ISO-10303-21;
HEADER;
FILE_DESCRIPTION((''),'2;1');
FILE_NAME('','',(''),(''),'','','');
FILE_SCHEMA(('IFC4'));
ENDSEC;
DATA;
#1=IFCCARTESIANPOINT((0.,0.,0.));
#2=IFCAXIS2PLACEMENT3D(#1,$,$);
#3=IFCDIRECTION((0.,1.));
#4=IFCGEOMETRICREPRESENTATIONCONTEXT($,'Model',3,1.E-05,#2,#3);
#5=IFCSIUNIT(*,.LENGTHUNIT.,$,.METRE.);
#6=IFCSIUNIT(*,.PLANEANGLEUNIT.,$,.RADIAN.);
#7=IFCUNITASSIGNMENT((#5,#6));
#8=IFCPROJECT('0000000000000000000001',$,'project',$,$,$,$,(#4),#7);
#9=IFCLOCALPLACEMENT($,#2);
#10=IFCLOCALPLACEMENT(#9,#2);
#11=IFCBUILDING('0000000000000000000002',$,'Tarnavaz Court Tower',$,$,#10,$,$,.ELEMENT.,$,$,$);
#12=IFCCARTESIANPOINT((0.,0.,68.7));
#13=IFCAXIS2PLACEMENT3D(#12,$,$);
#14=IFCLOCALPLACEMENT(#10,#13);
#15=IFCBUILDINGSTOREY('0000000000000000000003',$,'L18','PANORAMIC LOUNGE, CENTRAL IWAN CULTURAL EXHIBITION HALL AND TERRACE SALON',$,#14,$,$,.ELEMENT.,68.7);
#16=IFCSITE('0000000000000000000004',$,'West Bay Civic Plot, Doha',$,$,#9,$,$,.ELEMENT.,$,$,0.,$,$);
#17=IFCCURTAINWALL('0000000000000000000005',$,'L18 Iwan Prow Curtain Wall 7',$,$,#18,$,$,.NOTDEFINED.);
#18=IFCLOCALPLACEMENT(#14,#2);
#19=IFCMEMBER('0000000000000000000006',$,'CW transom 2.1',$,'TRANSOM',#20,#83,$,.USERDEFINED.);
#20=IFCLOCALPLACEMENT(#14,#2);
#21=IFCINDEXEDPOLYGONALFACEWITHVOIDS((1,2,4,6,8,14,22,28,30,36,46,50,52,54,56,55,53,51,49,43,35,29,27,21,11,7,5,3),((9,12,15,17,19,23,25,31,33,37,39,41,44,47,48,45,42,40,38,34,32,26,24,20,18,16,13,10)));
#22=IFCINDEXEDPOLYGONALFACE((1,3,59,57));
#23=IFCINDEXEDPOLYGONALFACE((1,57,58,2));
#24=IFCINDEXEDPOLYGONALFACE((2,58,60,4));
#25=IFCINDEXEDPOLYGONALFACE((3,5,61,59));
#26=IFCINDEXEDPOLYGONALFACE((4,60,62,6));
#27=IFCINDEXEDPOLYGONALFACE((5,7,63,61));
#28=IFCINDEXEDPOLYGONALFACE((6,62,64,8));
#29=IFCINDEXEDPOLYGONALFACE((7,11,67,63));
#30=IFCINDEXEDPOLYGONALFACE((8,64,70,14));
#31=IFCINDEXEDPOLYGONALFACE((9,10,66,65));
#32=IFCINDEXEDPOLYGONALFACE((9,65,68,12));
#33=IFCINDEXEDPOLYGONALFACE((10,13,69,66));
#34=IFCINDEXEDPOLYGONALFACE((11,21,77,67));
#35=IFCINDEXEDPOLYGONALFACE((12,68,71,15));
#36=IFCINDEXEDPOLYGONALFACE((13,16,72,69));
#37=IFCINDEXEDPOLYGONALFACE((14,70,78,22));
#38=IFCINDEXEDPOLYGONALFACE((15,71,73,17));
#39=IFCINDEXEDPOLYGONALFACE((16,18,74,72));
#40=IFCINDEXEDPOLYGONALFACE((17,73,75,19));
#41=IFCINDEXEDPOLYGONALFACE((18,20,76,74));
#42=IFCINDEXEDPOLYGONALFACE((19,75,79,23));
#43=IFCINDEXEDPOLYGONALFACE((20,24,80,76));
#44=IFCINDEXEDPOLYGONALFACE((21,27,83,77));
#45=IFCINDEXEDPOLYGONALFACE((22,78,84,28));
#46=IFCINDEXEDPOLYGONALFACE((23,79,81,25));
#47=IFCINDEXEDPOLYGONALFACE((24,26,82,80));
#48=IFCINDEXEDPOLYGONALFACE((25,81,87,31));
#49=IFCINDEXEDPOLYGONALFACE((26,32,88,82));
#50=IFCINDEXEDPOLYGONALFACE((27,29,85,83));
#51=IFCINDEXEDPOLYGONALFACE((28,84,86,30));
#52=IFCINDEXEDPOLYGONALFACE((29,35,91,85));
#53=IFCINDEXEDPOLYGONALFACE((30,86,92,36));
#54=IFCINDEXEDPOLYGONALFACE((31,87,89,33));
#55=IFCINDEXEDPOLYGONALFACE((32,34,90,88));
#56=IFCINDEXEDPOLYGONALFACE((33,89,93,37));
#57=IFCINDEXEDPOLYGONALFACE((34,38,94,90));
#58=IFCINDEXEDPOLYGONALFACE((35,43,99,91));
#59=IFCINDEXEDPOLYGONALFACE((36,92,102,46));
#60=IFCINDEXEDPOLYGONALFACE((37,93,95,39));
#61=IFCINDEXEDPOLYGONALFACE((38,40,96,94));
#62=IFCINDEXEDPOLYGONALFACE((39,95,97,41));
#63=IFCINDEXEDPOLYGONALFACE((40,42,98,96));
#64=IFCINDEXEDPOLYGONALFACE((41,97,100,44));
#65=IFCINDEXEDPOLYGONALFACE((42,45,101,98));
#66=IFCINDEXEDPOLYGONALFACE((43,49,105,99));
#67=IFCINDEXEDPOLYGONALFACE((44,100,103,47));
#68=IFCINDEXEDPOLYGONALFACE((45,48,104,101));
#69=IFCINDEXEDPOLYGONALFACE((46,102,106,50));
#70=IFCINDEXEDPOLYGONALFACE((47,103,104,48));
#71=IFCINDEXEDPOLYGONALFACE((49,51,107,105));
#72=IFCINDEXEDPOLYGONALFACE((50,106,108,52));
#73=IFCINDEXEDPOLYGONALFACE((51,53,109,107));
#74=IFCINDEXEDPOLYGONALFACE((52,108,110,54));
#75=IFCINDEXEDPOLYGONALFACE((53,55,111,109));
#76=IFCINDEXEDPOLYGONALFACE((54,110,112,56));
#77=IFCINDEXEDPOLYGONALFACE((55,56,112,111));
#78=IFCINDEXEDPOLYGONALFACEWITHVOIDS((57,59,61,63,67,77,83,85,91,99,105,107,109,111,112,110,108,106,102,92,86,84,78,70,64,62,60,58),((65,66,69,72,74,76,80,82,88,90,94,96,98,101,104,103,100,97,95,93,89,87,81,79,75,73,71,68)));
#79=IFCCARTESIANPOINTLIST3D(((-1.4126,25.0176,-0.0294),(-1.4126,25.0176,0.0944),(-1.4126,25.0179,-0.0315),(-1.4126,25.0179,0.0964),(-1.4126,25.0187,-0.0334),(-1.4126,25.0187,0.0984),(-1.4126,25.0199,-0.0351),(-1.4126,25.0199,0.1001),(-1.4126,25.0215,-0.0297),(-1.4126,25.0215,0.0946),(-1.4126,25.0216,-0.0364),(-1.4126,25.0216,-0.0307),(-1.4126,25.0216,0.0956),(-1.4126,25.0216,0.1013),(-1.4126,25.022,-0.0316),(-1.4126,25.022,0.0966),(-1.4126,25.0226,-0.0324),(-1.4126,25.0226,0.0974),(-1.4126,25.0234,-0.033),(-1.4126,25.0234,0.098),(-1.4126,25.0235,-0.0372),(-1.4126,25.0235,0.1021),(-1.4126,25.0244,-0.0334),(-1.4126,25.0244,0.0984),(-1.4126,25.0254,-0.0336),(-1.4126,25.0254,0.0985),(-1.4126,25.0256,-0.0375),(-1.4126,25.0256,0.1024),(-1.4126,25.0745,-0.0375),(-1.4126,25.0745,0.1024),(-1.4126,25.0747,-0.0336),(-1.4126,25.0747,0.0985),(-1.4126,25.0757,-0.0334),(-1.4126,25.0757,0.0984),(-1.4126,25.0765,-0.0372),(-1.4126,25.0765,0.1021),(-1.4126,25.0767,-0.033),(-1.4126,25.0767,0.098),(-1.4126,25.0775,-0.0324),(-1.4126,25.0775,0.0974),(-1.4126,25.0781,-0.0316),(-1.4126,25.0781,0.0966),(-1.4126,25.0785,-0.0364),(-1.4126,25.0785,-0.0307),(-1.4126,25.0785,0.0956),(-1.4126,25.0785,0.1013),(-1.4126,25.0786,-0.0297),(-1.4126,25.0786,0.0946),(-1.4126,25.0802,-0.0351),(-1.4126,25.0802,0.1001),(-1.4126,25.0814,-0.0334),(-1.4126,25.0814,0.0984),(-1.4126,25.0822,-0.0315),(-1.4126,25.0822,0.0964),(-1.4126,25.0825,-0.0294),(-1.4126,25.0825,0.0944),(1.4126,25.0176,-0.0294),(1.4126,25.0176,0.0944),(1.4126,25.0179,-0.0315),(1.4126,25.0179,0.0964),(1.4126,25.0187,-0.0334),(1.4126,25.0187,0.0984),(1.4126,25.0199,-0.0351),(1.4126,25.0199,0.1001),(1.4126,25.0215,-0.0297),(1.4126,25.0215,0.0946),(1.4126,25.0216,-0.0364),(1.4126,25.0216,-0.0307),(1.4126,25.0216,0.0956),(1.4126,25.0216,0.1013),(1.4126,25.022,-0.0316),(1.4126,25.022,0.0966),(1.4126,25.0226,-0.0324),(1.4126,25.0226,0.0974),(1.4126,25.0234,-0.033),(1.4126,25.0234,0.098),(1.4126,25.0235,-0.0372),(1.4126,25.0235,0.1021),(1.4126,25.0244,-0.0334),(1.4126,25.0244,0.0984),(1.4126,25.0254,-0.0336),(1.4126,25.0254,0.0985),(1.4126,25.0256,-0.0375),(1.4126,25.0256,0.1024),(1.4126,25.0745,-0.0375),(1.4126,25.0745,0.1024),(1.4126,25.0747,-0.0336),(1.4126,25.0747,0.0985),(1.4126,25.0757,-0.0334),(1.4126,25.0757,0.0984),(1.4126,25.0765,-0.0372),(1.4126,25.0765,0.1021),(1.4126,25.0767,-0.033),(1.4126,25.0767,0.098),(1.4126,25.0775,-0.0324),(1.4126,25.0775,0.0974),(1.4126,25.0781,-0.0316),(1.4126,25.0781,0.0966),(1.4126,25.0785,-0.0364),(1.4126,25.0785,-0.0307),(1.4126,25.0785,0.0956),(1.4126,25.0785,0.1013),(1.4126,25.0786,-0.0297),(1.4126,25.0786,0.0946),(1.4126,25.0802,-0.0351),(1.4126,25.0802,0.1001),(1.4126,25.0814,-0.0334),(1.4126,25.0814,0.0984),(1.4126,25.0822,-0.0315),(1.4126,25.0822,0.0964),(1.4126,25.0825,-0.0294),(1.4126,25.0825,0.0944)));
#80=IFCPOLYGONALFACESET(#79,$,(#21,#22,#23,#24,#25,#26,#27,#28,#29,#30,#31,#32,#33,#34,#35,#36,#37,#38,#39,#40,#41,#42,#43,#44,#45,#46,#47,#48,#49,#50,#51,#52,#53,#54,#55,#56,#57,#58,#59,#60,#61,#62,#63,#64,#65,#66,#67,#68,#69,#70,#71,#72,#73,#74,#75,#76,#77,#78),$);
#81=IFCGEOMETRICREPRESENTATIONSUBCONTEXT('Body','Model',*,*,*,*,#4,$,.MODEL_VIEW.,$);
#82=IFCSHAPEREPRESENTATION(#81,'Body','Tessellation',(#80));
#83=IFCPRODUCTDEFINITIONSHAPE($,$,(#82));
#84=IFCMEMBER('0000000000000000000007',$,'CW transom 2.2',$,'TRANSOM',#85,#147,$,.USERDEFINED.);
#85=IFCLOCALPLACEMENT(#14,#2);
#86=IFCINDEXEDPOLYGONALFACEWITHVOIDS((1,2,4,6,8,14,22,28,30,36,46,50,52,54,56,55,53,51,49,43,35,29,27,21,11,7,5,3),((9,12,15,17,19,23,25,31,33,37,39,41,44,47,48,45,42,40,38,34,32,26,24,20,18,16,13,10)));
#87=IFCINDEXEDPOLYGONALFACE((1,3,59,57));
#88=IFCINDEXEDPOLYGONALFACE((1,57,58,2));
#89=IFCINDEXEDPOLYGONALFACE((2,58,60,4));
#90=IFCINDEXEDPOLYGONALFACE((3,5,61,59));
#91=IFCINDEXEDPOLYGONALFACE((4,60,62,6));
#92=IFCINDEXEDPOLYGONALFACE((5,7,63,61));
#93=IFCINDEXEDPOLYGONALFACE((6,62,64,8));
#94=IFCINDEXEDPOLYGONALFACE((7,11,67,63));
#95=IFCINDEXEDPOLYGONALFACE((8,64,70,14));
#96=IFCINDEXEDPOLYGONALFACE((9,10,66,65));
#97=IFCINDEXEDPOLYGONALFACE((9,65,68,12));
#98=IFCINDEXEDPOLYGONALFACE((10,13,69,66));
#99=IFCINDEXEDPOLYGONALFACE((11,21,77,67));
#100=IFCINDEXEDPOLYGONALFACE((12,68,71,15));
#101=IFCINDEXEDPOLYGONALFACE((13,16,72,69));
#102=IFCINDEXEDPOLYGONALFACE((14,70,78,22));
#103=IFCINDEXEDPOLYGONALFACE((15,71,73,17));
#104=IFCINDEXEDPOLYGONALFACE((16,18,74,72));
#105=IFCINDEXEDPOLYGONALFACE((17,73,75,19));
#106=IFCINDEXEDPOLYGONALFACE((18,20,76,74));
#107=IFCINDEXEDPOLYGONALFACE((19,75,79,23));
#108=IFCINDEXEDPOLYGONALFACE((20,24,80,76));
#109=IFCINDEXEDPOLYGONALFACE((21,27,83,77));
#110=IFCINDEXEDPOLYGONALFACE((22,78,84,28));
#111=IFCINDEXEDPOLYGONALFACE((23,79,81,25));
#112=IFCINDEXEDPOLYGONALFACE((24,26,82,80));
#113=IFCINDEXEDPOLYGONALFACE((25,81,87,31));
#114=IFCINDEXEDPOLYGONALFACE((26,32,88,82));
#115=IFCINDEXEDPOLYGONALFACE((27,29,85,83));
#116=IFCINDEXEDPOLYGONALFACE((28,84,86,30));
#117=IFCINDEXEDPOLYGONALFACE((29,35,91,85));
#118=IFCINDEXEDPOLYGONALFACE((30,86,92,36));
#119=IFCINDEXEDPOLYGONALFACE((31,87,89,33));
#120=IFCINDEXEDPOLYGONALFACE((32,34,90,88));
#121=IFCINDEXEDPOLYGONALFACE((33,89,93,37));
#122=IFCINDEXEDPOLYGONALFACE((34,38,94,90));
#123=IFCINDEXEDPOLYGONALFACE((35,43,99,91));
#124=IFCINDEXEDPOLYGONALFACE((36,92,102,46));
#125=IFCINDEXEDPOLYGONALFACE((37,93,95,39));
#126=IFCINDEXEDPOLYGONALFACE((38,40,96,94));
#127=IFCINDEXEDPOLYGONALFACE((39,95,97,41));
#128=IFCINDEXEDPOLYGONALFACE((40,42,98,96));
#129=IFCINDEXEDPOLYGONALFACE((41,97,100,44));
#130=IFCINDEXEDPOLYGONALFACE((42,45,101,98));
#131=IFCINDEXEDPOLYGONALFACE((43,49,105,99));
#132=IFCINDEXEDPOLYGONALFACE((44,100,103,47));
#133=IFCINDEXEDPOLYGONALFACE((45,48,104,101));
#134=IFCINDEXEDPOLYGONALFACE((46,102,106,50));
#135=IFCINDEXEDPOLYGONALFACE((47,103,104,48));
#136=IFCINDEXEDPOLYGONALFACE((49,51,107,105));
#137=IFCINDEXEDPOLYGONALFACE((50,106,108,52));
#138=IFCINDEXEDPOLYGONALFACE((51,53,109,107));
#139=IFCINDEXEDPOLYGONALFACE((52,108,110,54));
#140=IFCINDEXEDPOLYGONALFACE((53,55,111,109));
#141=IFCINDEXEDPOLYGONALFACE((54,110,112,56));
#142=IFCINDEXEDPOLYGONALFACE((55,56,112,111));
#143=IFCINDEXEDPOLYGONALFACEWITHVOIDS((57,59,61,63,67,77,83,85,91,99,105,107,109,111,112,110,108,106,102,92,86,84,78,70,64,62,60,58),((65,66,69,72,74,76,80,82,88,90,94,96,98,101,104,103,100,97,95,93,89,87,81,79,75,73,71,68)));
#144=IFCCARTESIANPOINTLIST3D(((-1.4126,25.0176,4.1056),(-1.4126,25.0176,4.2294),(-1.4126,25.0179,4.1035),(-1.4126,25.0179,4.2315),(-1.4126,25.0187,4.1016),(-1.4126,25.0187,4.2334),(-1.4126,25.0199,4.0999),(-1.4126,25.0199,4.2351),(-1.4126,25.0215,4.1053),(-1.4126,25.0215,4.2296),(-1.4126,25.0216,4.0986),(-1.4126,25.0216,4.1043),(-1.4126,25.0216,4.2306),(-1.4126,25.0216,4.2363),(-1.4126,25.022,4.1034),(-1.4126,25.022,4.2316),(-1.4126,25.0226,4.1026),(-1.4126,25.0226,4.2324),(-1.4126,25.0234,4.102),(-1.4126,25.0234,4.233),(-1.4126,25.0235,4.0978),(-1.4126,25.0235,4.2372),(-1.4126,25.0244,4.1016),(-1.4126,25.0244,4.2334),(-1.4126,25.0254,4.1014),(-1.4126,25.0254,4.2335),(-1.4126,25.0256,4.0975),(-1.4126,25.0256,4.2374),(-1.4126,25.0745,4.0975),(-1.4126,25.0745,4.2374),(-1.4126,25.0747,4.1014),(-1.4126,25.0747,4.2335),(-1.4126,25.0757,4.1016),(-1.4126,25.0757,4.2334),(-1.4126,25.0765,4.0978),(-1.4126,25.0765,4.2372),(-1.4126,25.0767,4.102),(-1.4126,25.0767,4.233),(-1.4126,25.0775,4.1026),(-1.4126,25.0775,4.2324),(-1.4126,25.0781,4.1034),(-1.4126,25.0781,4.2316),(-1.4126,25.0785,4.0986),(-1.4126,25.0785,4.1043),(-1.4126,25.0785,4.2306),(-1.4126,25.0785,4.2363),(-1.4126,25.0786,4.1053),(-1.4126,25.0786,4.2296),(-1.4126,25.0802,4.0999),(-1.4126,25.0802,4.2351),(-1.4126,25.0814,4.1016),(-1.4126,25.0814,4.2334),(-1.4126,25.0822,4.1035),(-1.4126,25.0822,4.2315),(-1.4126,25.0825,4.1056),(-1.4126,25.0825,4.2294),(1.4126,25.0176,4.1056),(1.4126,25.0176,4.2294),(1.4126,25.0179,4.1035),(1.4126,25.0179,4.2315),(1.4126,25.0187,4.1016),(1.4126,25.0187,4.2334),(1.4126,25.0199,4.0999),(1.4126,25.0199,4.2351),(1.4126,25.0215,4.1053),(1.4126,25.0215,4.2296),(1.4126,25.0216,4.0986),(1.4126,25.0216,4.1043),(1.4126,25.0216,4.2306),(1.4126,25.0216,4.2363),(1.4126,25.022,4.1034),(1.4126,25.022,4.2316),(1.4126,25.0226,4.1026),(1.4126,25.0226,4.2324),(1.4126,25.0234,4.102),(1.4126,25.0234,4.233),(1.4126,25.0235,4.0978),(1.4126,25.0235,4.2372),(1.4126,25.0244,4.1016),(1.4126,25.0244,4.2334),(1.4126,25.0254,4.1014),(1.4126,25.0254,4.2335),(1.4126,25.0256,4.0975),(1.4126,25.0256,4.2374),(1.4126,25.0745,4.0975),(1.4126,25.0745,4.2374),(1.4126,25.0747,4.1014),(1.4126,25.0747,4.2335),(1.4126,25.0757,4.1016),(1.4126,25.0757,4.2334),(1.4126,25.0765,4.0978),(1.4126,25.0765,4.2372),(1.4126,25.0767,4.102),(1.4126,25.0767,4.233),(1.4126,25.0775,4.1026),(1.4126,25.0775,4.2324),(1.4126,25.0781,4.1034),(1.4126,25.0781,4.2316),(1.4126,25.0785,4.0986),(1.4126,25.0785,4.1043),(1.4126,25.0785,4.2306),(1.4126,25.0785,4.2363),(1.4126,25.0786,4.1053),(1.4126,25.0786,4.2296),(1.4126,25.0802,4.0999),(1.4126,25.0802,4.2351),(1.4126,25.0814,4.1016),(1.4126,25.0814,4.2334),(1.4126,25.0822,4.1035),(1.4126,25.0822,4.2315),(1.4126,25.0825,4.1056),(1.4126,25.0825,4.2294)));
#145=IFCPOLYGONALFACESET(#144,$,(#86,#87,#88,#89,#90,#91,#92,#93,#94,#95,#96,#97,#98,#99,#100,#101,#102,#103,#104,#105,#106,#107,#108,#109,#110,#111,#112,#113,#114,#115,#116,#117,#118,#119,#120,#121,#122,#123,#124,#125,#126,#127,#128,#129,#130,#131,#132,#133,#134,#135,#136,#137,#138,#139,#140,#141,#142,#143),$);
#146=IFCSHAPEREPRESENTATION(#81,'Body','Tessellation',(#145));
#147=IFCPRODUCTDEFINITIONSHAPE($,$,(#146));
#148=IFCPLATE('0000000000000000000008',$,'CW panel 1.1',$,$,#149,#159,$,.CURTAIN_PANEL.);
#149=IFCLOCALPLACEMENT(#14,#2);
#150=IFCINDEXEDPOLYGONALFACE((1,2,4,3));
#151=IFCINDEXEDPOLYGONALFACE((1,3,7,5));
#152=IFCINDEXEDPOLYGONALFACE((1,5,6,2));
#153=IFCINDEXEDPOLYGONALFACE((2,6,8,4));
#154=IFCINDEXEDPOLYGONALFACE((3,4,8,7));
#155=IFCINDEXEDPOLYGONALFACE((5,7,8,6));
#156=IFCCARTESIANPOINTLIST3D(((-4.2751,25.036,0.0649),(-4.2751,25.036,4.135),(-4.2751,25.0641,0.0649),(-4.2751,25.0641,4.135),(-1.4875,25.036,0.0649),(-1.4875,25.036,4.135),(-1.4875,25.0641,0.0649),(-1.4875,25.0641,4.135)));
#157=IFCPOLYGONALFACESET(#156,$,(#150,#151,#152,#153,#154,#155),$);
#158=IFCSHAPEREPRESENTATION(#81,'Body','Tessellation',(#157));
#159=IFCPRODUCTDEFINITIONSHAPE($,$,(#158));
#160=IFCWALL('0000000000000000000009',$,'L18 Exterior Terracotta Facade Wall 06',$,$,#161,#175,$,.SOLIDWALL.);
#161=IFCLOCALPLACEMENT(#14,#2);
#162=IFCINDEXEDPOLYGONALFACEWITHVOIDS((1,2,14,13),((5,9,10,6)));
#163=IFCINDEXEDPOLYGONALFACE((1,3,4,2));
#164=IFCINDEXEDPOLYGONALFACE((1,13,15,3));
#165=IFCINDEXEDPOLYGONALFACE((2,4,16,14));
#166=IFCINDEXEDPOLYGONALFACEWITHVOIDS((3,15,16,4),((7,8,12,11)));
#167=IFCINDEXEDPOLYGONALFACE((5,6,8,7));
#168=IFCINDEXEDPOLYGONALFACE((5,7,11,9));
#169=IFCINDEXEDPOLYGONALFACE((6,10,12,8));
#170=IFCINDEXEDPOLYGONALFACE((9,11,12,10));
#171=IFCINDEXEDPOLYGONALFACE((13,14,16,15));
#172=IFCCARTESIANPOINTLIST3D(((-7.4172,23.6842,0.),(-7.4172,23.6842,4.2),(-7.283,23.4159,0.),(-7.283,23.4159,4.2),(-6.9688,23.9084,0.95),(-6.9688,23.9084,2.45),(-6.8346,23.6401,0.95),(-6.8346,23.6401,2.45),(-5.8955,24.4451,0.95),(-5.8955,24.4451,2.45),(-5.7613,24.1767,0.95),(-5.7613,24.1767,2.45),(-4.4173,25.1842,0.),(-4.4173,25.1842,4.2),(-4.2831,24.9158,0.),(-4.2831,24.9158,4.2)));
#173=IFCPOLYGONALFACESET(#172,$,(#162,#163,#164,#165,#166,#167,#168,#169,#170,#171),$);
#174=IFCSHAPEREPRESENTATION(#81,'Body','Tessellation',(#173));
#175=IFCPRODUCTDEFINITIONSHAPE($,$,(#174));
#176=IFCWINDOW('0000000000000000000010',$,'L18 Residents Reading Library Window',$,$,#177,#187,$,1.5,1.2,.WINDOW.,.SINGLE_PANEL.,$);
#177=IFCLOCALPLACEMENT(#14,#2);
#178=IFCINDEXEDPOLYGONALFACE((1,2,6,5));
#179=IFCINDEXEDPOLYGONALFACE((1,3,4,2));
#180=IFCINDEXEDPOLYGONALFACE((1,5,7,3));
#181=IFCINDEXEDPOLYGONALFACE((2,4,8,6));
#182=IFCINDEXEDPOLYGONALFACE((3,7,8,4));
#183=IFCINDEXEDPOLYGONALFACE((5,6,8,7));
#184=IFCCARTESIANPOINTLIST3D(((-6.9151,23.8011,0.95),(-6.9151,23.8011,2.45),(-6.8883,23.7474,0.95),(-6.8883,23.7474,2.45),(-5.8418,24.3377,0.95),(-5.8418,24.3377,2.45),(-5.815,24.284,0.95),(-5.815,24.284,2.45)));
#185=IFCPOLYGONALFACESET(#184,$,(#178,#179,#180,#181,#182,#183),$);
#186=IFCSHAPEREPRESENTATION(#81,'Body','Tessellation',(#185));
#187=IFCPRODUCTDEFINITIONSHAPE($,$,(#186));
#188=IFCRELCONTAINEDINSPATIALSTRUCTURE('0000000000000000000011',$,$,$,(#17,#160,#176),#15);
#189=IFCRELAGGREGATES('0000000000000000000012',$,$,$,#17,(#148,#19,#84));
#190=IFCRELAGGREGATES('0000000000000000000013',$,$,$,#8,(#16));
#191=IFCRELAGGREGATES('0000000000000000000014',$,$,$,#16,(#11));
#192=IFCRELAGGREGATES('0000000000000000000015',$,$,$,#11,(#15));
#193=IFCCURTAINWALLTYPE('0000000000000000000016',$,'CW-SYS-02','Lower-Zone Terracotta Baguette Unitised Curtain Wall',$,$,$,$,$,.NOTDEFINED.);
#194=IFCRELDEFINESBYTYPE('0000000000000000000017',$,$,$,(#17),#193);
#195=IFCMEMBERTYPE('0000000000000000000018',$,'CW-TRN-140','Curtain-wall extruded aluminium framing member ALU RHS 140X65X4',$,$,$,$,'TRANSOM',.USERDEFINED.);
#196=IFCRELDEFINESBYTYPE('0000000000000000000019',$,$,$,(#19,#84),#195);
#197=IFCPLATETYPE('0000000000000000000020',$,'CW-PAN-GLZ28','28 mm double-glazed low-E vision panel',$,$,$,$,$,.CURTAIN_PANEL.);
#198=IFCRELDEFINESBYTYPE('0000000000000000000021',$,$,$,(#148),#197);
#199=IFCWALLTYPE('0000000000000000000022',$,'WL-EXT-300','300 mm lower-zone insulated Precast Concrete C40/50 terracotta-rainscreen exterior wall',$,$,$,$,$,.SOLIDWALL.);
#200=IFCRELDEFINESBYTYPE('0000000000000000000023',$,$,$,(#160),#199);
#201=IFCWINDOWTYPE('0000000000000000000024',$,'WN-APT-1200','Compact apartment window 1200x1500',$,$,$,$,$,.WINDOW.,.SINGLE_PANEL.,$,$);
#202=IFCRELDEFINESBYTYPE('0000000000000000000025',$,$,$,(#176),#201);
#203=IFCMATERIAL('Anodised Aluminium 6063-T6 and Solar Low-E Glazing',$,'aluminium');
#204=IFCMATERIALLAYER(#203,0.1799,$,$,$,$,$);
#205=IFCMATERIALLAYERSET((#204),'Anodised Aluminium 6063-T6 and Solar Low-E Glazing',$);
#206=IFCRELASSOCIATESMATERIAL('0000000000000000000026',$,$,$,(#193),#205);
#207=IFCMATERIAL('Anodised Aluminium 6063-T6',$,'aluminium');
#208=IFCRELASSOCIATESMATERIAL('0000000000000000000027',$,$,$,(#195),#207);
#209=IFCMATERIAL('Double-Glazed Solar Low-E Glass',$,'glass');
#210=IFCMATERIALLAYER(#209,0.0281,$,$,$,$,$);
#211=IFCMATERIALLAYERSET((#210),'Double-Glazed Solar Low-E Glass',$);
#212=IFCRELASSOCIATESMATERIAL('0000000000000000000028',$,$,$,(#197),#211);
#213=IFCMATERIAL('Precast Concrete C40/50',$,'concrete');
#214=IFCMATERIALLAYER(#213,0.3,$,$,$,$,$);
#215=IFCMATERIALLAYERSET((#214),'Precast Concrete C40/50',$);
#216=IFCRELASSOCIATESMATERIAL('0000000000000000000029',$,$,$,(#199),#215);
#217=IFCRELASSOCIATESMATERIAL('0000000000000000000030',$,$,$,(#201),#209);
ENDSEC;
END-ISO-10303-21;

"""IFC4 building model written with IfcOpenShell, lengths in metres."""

from ifc_helpers import new_model, si_unit, direction, frame, frame_2d, origin, origin_2d, place, context, subcontext, project, spatial, rectangle, hollow_rectangle, extrude, material, layer, layer_set, material_profile, profile_set, type_object, element, fill, aggregate, save


model = new_model("IFC4")

# Units and contexts
model_context = context("Model", 3, precision=1e-05, world=origin(), true_north=direction((0.0, 1.0)))
body_context = subcontext(model_context, "Body", "Model", "MODEL_VIEW")
ifc_project = project(units=[si_unit("LENGTHUNIT", "METRE"), si_unit("PLANEANGLEUNIT", "RADIAN")], contexts=[model_context])

# Site, building, storey
site_placement = place(None, origin())
site = spatial("IfcSite", under=ifc_project, at=site_placement, Name="West Bay Civic Plot, Doha", CompositionType="ELEMENT", RefElevation=0.0)
building_placement = place(site_placement, origin())
building = spatial("IfcBuilding", under=site, at=building_placement, Name="Tarnavaz Court Tower", CompositionType="ELEMENT")
storey_placement = place(building_placement, frame((0.0, 0.0, 68.7)))
storey = spatial("IfcBuildingStorey", under=building, at=storey_placement, Name="L18", Description="PANORAMIC LOUNGE, CENTRAL IWAN CULTURAL EXHIBITION HALL AND TERRACE SALON", CompositionType="ELEMENT", Elevation=68.7)

# Curtain wall, members, plate
ifc_material_1 = material(Name="Anodised Aluminium 6063-T6 and Solar Low-E Glazing", Category="aluminium")
ifc_layer_1 = layer(ifc_material_1, 0.1799)
ifc_layer_set_1 = layer_set([ifc_layer_1], Name="Anodised Aluminium 6063-T6 and Solar Low-E Glazing")
curtain_wall_type = type_object("IfcCurtainWallType", Name="CW-SYS-02", Description="Lower-Zone Terracotta Baguette Unitised Curtain Wall", PredefinedType="NOTDEFINED", material=ifc_layer_set_1)
curtain_wall_placement = place(storey_placement, origin())
curtain_wall = element("IfcCurtainWall", 1, at=curtain_wall_placement, inside=storey, type_object=curtain_wall_type, Name="L18 Iwan Prow Curtain Wall 7", PredefinedType="NOTDEFINED")
ifc_material_2 = material(Name="Anodised Aluminium 6063-T6", Category="aluminium")
ifc_material_profile_1 = material_profile(ifc_material_2, hollow_rectangle(XDim=0.0649, YDim=0.1399, WallThickness=0.0039, InnerFilletRadius=0.0039, OuterFilletRadius=0.0081, at=origin_2d()), Name="ALU RHS 140X65X4")
ifc_profile_set_1 = profile_set([ifc_material_profile_1], Name="Anodised Aluminium 6063-T6")
member_type_1 = type_object("IfcMemberType", Name="CW-TRN-140", Description="Curtain-wall extruded aluminium framing member ALU RHS 140X65X4", ElementType="TRANSOM", PredefinedType="USERDEFINED", material=ifc_profile_set_1)
member_1_placement = place(storey_placement, frame((-1.4126, 25.05, 0.0325), z_axis=(1.0, 0.0, 0.0), x_axis=(0.0, 1.0, 0.0)))
member_1 = element("IfcMember", 2, at=member_1_placement, type_object=member_type_1, Name="CW transom 2.1", ObjectType="TRANSOM", PredefinedType="USERDEFINED", context=body_context, shape_type="SweptSolid", body=[
    extrude(hollow_rectangle(XDim=0.0649, YDim=0.1399, WallThickness=0.0039, InnerFilletRadius=0.0039, OuterFilletRadius=0.0081, at=origin_2d()), origin(), (0.0, 0.0, 1.0), 2.8252),
])
member_2_placement = place(storey_placement, frame((-1.4126, 25.05, 4.1675), z_axis=(1.0, 0.0, 0.0), x_axis=(0.0, 1.0, 0.0)))
member_2 = element("IfcMember", 3, at=member_2_placement, type_object=member_type_1, Name="CW transom 2.2", ObjectType="TRANSOM", PredefinedType="USERDEFINED", context=body_context, shape_type="SweptSolid", body=[
    extrude(hollow_rectangle(XDim=0.0649, YDim=0.1399, WallThickness=0.0039, InnerFilletRadius=0.0039, OuterFilletRadius=0.0081, at=origin_2d()), origin(), (0.0, 0.0, 1.0), 2.8252),
])
ifc_material_3 = material(Name="Double-Glazed Solar Low-E Glass", Category="glass")
ifc_layer_2 = layer(ifc_material_3, 0.0281)
ifc_layer_set_2 = layer_set([ifc_layer_2], Name="Double-Glazed Solar Low-E Glass")
plate_type = type_object("IfcPlateType", Name="CW-PAN-GLZ28", Description="28 mm double-glazed low-E vision panel", PredefinedType="CURTAIN_PANEL", material=ifc_layer_set_2)
plate_placement = place(storey_placement, frame((-2.8813, 25.05, 0.0649), z_axis=(0.0, 0.0, 1.0), x_axis=(1.0, 0.0, 0.0)))
plate = element("IfcPlate", 4, at=plate_placement, type_object=plate_type, Name="CW panel 1.1", PredefinedType="CURTAIN_PANEL", context=body_context, shape_type="SweptSolid", body=[
    extrude(rectangle(XDim=2.7876, YDim=0.0281, at=origin_2d()), origin(), (0.0, 0.0, 1.0), 4.0701),
])
aggregate(curtain_wall, [plate, member_1, member_2])

# Wall, opening, window
ifc_material_4 = material(Name="Precast Concrete C40/50", Category="concrete")
ifc_layer_3 = layer(ifc_material_4, 0.3)
ifc_layer_set_3 = layer_set([ifc_layer_3], Name="Precast Concrete C40/50")
wall_type_1 = type_object("IfcWallType", Name="WL-EXT-300", Description="300 mm lower-zone insulated Precast Concrete C40/50 terracotta-rainscreen exterior wall", PredefinedType="SOLIDWALL", material=ifc_layer_set_3)
wall_1_placement = place(storey_placement, frame((-7.3501, 23.55, 0.0), z_axis=(0.0, 0.0, 1.0), x_axis=(0.894427, 0.447214, 0.0)))
wall_1 = element("IfcWall", 5, at=wall_1_placement, inside=storey, type_object=wall_type_1, Name="L18 Exterior Terracotta Facade Wall 06", PredefinedType="SOLIDWALL", context=body_context, shape_type="SweptSolid", body=[
    extrude(rectangle(XDim=3.354, YDim=0.3, at=frame_2d((1.677, 0.0))), origin(), (0.0, 0.0, 1.0), 4.2),
])
opening_placement = place(wall_1_placement, frame((0.5012, 0.0, 0.95)))
opening = element("IfcOpeningElement", 6, at=opening_placement, cuts=wall_1, PredefinedType="OPENING", context=body_context, shape_type="SweptSolid", body=[
    extrude(rectangle(XDim=1.2, YDim=1.5, at=frame_2d((0.6001, 0.75))), frame((0.0, 0.1599, 0.0), z_axis=(0.0, -1.0, 0.0), x_axis=(1.0, 0.0, 0.0)), (0.0, 0.0, 1.0), 0.3201),
])
window_type = type_object("IfcWindowType", Name="WN-APT-1200", Description="Compact apartment window 1200x1500", PartitioningType="SINGLE_PANEL", PredefinedType="WINDOW", material=ifc_material_3)
window_placement = place(opening_placement, origin())
window = element("IfcWindow", 7, at=window_placement, inside=storey, type_object=window_type, Name="L18 Residents Reading Library Window", OverallHeight=1.5, OverallWidth=1.2, PartitioningType="SINGLE_PANEL", PredefinedType="WINDOW", context=body_context, shape_type="SweptSolid", body=[
    extrude(rectangle(XDim=1.2, YDim=1.5, at=frame_2d((0.6001, 0.75))), frame((0.0, 0.03, 0.0), z_axis=(0.0, -1.0, 0.0), x_axis=(1.0, 0.0, 0.0)), (0.0, 0.0, 1.0), 0.0601),
])
fill(opening, window)

save(model, "model.ifc")
